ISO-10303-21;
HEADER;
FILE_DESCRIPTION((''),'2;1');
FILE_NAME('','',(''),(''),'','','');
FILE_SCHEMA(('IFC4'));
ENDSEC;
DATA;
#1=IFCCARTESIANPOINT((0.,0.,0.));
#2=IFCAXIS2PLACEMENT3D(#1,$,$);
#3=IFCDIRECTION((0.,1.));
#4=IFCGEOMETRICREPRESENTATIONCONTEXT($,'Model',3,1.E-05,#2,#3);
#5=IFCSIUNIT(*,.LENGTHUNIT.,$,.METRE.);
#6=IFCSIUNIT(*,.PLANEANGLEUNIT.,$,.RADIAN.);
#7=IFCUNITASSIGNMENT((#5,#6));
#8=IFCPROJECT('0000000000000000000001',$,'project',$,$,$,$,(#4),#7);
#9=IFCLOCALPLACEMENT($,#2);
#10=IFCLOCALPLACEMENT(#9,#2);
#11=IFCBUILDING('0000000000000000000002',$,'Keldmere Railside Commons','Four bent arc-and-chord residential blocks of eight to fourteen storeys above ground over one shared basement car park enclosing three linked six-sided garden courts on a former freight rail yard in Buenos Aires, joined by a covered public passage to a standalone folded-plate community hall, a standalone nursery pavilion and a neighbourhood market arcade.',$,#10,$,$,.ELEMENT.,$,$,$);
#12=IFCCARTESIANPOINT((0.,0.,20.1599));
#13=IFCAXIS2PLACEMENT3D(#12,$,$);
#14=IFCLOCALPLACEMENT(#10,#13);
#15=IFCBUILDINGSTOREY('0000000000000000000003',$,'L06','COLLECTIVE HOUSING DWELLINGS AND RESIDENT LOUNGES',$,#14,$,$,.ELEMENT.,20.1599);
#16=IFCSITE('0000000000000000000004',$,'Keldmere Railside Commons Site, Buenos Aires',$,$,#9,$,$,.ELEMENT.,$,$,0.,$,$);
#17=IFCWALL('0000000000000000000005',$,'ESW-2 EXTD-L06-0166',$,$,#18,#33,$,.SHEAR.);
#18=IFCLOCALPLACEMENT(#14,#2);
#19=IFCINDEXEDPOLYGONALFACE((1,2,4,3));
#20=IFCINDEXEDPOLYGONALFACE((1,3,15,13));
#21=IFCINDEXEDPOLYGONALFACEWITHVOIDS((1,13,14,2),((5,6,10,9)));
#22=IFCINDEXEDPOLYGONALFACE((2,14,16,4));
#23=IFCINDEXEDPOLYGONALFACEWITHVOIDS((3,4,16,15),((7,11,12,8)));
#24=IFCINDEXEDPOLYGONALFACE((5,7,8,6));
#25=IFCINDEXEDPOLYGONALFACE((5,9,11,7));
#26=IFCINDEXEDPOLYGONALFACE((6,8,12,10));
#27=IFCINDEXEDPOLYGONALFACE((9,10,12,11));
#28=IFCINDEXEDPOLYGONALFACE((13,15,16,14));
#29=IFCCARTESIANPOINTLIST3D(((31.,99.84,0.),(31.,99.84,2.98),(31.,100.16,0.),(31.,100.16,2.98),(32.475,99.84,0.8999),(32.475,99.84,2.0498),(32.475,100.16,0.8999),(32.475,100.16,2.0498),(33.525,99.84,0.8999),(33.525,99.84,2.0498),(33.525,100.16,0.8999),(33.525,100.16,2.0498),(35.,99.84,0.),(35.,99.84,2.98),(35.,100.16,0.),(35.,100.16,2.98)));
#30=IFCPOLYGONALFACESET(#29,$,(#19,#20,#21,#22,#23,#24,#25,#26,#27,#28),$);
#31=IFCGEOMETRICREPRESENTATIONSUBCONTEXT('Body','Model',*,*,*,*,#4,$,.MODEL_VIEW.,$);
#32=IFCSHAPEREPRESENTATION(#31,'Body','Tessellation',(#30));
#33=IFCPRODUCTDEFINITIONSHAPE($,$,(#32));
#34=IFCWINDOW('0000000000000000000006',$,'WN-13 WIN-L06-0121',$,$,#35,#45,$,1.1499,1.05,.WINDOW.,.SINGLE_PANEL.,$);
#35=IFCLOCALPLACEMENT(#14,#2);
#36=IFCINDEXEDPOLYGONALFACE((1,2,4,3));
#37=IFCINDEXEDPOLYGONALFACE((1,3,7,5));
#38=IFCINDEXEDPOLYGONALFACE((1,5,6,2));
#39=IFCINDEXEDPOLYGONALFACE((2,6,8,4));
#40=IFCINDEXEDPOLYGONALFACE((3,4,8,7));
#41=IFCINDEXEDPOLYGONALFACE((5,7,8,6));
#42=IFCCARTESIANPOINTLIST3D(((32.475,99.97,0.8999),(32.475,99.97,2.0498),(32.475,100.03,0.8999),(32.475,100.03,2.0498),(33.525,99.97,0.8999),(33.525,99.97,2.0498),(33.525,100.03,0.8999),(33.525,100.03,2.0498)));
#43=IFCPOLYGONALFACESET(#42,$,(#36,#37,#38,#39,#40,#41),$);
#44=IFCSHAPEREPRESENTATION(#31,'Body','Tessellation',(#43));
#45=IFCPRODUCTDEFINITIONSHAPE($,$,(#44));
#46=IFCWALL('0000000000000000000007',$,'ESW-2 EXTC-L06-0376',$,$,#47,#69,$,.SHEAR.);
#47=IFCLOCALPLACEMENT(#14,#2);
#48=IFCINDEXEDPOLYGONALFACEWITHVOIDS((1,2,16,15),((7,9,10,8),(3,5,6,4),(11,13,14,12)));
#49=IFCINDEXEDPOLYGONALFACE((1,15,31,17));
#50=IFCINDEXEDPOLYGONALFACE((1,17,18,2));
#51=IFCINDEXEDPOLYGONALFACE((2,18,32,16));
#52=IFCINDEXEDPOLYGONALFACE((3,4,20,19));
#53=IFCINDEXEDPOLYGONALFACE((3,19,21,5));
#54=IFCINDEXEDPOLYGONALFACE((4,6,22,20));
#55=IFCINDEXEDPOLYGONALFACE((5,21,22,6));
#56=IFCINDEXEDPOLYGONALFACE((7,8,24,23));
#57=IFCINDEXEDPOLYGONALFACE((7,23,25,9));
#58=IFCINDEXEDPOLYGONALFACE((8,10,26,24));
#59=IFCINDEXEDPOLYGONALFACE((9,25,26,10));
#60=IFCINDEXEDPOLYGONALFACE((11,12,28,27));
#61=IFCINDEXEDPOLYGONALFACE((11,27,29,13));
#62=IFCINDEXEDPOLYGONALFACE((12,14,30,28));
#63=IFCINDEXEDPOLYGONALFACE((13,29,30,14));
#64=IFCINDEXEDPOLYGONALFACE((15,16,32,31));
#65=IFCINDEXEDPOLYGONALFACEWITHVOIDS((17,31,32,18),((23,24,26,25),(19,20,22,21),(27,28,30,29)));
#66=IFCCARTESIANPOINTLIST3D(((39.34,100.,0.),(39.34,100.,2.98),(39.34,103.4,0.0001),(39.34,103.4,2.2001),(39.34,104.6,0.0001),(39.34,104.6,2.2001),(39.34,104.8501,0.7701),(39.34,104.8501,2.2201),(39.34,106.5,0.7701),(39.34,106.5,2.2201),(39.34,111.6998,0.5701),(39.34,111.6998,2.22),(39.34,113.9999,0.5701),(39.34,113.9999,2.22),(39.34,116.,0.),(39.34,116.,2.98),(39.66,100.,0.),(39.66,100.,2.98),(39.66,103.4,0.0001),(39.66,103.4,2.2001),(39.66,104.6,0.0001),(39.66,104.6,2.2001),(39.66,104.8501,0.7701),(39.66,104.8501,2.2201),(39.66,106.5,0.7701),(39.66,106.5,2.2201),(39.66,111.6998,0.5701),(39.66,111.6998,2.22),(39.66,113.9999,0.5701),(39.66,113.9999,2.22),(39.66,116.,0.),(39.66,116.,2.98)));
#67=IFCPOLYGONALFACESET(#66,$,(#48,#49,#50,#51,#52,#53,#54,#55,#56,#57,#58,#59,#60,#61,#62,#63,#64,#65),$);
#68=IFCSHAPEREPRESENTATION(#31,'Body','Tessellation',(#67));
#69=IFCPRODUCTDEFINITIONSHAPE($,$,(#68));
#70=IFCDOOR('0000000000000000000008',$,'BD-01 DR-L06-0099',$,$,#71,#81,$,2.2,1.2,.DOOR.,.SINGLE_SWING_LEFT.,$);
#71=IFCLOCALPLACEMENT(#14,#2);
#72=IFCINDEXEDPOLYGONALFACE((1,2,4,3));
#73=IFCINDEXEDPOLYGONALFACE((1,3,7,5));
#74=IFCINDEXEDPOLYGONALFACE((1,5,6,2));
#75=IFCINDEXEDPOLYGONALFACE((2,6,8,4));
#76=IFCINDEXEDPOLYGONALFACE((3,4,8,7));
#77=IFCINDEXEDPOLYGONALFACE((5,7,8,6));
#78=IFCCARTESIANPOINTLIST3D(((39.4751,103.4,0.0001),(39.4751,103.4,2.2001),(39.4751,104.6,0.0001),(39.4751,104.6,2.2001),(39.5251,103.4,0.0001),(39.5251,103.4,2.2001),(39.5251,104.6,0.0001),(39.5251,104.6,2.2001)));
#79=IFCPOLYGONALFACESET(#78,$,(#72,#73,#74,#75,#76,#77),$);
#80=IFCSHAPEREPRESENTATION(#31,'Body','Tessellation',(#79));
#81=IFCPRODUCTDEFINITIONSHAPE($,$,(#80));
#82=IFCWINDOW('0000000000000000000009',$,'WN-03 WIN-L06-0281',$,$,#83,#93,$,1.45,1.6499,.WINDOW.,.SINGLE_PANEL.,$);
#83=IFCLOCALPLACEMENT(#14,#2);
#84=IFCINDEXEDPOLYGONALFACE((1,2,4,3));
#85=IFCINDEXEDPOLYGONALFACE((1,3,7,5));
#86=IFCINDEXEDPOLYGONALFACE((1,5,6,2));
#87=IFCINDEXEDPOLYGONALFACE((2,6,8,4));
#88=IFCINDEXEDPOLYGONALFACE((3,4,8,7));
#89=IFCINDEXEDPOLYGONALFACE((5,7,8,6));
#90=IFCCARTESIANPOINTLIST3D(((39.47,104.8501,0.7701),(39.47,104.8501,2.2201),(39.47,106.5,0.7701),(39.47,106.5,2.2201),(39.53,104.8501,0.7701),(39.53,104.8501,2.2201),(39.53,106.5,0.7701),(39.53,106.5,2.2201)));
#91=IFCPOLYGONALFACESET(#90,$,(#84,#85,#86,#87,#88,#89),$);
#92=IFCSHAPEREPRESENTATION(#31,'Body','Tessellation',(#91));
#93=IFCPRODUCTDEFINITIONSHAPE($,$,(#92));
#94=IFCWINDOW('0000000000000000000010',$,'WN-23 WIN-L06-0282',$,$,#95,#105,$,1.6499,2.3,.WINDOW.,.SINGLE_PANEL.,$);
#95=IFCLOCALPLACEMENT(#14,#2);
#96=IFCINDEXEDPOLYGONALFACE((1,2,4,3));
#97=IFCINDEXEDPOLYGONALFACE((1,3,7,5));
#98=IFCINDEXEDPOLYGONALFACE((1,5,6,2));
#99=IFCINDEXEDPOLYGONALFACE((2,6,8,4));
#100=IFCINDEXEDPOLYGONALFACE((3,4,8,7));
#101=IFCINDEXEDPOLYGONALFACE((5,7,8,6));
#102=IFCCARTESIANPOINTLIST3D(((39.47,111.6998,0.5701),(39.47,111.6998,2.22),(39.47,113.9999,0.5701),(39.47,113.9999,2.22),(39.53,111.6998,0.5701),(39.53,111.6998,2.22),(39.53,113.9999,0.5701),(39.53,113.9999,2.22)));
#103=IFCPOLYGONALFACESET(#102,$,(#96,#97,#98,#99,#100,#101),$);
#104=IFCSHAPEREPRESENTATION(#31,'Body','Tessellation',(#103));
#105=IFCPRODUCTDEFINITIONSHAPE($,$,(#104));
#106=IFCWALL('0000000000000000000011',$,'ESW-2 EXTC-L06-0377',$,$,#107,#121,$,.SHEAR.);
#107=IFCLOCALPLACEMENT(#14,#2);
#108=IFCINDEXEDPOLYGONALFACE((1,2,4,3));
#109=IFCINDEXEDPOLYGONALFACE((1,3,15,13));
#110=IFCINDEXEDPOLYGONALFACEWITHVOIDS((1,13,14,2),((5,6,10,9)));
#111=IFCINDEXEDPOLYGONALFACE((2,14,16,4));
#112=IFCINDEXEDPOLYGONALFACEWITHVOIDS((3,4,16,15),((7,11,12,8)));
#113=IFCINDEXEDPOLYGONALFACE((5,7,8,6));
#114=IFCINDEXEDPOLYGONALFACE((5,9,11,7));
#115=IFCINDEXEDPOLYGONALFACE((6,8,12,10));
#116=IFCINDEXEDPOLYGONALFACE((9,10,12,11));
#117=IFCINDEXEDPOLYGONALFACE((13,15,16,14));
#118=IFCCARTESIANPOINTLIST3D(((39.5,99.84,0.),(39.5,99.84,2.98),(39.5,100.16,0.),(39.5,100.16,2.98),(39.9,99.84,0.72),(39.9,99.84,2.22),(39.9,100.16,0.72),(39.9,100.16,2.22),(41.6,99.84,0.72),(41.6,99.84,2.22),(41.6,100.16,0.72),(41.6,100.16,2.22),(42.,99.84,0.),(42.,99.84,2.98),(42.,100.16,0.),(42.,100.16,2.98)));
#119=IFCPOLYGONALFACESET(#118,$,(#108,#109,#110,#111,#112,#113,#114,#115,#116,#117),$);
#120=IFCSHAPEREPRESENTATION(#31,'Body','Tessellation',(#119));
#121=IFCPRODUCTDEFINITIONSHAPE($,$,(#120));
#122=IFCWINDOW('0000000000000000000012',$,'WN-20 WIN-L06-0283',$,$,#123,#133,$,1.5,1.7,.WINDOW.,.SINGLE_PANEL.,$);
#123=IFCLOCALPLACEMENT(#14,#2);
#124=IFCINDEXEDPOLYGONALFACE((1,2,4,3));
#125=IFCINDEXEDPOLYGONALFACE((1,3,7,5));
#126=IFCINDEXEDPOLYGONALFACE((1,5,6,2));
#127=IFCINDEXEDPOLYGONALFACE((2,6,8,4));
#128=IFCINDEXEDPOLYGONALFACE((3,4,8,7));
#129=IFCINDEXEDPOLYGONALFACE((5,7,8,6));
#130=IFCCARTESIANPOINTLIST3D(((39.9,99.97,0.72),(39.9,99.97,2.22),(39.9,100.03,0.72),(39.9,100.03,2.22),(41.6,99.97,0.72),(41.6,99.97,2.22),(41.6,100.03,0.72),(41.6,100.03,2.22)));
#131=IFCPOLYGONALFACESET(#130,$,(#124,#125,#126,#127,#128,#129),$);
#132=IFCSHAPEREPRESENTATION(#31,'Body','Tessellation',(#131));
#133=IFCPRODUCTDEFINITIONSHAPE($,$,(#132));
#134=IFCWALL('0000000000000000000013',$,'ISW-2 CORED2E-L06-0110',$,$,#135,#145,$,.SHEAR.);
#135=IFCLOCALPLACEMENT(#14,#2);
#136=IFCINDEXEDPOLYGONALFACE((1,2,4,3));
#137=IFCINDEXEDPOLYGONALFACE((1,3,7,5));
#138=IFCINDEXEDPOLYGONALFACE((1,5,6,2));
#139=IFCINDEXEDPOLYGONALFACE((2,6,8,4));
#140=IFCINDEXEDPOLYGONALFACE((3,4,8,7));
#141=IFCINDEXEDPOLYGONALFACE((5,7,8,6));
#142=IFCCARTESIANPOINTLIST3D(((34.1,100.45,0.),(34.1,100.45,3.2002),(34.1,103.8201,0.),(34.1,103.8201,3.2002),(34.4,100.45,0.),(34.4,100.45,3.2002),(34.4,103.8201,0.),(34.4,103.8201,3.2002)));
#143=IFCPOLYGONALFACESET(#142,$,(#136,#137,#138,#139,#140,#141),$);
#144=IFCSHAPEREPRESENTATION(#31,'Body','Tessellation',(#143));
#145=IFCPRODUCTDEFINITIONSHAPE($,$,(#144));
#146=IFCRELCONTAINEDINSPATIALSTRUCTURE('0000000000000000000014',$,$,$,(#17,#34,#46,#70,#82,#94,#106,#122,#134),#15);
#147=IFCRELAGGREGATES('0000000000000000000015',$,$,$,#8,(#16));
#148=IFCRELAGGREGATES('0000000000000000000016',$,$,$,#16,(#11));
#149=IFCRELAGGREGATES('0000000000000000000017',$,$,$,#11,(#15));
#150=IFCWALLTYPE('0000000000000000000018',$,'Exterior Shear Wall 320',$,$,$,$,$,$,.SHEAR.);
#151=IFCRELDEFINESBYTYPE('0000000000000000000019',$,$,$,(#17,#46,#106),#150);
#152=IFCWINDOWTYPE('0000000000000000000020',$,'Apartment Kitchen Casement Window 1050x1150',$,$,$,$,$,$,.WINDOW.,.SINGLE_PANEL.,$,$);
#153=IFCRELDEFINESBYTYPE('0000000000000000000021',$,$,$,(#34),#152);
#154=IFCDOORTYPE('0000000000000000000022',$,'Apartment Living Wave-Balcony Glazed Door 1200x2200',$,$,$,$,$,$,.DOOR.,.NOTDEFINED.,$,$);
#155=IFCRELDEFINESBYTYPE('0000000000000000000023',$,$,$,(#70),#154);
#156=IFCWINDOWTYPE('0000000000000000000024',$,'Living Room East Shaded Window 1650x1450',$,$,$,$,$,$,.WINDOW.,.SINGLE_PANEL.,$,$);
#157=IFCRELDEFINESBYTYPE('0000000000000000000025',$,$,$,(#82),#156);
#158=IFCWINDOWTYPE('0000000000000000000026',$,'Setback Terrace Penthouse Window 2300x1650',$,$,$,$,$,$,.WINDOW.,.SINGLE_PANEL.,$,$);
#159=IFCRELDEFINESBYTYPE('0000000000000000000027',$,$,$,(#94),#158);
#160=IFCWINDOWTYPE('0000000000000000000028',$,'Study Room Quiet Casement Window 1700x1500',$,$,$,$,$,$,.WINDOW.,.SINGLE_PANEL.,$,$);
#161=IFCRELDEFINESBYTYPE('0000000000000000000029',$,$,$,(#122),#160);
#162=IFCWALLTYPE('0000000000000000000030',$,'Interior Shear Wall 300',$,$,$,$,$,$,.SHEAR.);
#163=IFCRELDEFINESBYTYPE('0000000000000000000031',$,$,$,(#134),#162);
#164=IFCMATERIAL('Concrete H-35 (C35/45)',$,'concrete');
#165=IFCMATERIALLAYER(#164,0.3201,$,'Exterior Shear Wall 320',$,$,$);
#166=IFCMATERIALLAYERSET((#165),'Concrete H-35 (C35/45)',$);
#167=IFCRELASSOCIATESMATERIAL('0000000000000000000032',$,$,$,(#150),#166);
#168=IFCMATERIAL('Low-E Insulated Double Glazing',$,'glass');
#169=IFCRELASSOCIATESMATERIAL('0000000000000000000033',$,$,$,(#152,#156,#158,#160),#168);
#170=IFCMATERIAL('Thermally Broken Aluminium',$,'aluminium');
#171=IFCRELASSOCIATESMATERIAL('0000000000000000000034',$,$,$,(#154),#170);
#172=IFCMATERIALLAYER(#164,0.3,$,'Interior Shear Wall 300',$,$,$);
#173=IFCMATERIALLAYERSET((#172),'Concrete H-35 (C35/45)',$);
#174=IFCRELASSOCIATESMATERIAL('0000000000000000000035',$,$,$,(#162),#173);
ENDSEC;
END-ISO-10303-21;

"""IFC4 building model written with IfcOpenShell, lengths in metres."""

from ifc_helpers import new_model, si_unit, direction, frame, frame_2d, origin, place, context, subcontext, project, spatial, rectangle, extrude, material, layer, layer_set, type_object, element, fill, save


model = new_model("IFC4")

# Units and contexts
model_context = context("Model", 3, precision=1e-05, world=origin(), true_north=direction((0.0, 1.0)))
body_context = subcontext(model_context, "Body", "Model", "MODEL_VIEW")
ifc_project = project(units=[si_unit("LENGTHUNIT", "METRE"), si_unit("PLANEANGLEUNIT", "RADIAN")], contexts=[model_context])

# Site, building, storey
site_placement = place(None, origin())
site = spatial("IfcSite", under=ifc_project, at=site_placement, Name="Keldmere Railside Commons Site, Buenos Aires", CompositionType="ELEMENT", RefElevation=0.0)
building_placement = place(site_placement, origin())
building = spatial("IfcBuilding", under=site, at=building_placement, Name="Keldmere Railside Commons", Description="Four bent arc-and-chord residential blocks of eight to fourteen storeys above ground over one shared basement car park enclosing three linked six-sided garden courts on a former freight rail yard in Buenos Aires, joined by a covered public passage to a standalone folded-plate community hall, a standalone nursery pavilion and a neighbourhood market arcade.", CompositionType="ELEMENT")
storey_placement = place(building_placement, frame((0.0, 0.0, 20.1599)))
storey = spatial("IfcBuildingStorey", under=building, at=storey_placement, Name="L06", Description="COLLECTIVE HOUSING DWELLINGS AND RESIDENT LOUNGES", CompositionType="ELEMENT", Elevation=20.1599)

# Shared definitions
ifc_material_1 = material(Name="Concrete H-35 (C35/45)", Category="concrete")

# Shared definitions
ifc_material_2 = material(Name="Thermally Broken Aluminium", Category="aluminium")
ifc_material_3 = material(Name="Low-E Insulated Double Glazing", Category="glass")

# Wall, opening, window
ifc_layer_1 = layer(ifc_material_1, 0.3201, Name="Exterior Shear Wall 320")
ifc_layer_set_1 = layer_set([ifc_layer_1], Name="Concrete H-35 (C35/45)")
wall_type_1 = type_object("IfcWallType", Name="Exterior Shear Wall 320", PredefinedType="SHEAR", material=ifc_layer_set_1)
wall_1_placement = place(storey_placement, frame((35.0, 100.0, 0.0), z_axis=(0.0, 0.0, 1.0), x_axis=(-1.0, 0.0, 0.0)))
wall_1 = element("IfcWall", 1, at=wall_1_placement, inside=storey, type_object=wall_type_1, Name="ESW-2 EXTD-L06-0166", PredefinedType="SHEAR", context=body_context, shape_type="SweptSolid", body=[
    extrude(rectangle(XDim=4.0, YDim=0.3201, at=frame_2d((2.0, 0.0))), origin(), (0.0, 0.0, 1.0), 2.98),
])
opening_1_placement = place(wall_1_placement, frame((1.4751, 0.0, 0.8999)))
opening_1 = element("IfcOpeningElement", 2, at=opening_1_placement, cuts=wall_1, PredefinedType="OPENING", context=body_context, shape_type="SweptSolid", body=[
    extrude(rectangle(XDim=1.05, YDim=1.1499, at=frame_2d((0.5249, 0.575))), frame((0.0, 0.1699, 0.0), z_axis=(0.0, -1.0, 0.0), x_axis=(1.0, 0.0, 0.0)), (0.0, 0.0, 1.0), 0.3401),
])
window_type_1 = type_object("IfcWindowType", Name="Apartment Kitchen Casement Window 1050x1150", PartitioningType="SINGLE_PANEL", PredefinedType="WINDOW", material=ifc_material_3)
window_1_placement = place(opening_1_placement, origin())
window_1 = element("IfcWindow", 3, at=window_1_placement, inside=storey, type_object=window_type_1, Name="WN-13 WIN-L06-0121", OverallHeight=1.1499, OverallWidth=1.05, PartitioningType="SINGLE_PANEL", PredefinedType="WINDOW", context=body_context, shape_type="SweptSolid", body=[
    extrude(rectangle(XDim=1.05, YDim=1.1499, at=frame_2d((0.5249, 0.575))), frame((0.0, 0.03, 0.0), z_axis=(0.0, -1.0, 0.0), x_axis=(1.0, 0.0, 0.0)), (0.0, 0.0, 1.0), 0.0601),
])
fill(opening_1, window_1)

# Wall, openings, door, windows
wall_2_placement = place(storey_placement, frame((39.5, 100.0, 0.0), z_axis=(0.0, 0.0, 1.0), x_axis=(0.0, 1.0, 0.0)))
wall_2 = element("IfcWall", 4, at=wall_2_placement, inside=storey, type_object=wall_type_1, Name="ESW-2 EXTC-L06-0376", PredefinedType="SHEAR", context=body_context, shape_type="SweptSolid", body=[
    extrude(rectangle(XDim=16.0, YDim=0.3201, at=frame_2d((8.0, 0.0))), origin(), (0.0, 0.0, 1.0), 2.98),
])
opening_2_placement = place(wall_2_placement, frame((3.3999, 0.0, 0.0)))
opening_2 = element("IfcOpeningElement", 5, at=opening_2_placement, cuts=wall_2, PredefinedType="OPENING", context=body_context, shape_type="SweptSolid", body=[
    extrude(rectangle(XDim=1.2, YDim=2.2, at=frame_2d((0.6001, 1.1001))), frame((0.0, 0.1699, 0.0), z_axis=(0.0, -1.0, 0.0), x_axis=(1.0, 0.0, 0.0)), (0.0, 0.0, 1.0), 0.3401),
])
opening_3_placement = place(wall_2_placement, frame((4.8501, 0.0, 0.77)))
opening_3 = element("IfcOpeningElement", 6, at=opening_3_placement, cuts=wall_2, PredefinedType="OPENING", context=body_context, shape_type="SweptSolid", body=[
    extrude(rectangle(XDim=1.6499, YDim=1.45, at=frame_2d((0.825, 0.7251))), frame((0.0, 0.1699, 0.0), z_axis=(0.0, -1.0, 0.0), x_axis=(1.0, 0.0, 0.0)), (0.0, 0.0, 1.0), 0.3401),
])
opening_4_placement = place(wall_2_placement, frame((11.7, 0.0, 0.5701)))
opening_4 = element("IfcOpeningElement", 7, at=opening_4_placement, cuts=wall_2, PredefinedType="OPENING", context=body_context, shape_type="SweptSolid", body=[
    extrude(rectangle(XDim=2.3, YDim=1.6499, at=frame_2d((1.1499, 0.825))), frame((0.0, 0.1699, 0.0), z_axis=(0.0, -1.0, 0.0), x_axis=(1.0, 0.0, 0.0)), (0.0, 0.0, 1.0), 0.3401),
])
door_type = type_object("IfcDoorType", Name="Apartment Living Wave-Balcony Glazed Door 1200x2200", OperationType="NOTDEFINED", PredefinedType="DOOR", material=ifc_material_2)
door_placement = place(opening_2_placement, origin())
door = element("IfcDoor", 8, at=door_placement, inside=storey, type_object=door_type, Name="BD-01 DR-L06-0099", OperationType="SINGLE_SWING_LEFT", OverallHeight=2.2, OverallWidth=1.2, PredefinedType="DOOR", context=body_context, shape_type="SweptSolid", body=[
    extrude(rectangle(XDim=1.2, YDim=2.2, at=frame_2d((0.6001, 1.1001))), frame((0.0, 0.0249, 0.0), z_axis=(0.0, -1.0, 0.0), x_axis=(1.0, 0.0, 0.0)), (0.0, 0.0, 1.0), 0.05),
])
fill(opening_2, door)
window_type_2 = type_object("IfcWindowType", Name="Living Room East Shaded Window 1650x1450", PartitioningType="SINGLE_PANEL", PredefinedType="WINDOW", material=ifc_material_3)
window_2_placement = place(opening_3_placement, origin())
window_2 = element("IfcWindow", 9, at=window_2_placement, inside=storey, type_object=window_type_2, Name="WN-03 WIN-L06-0281", OverallHeight=1.45, OverallWidth=1.6499, PartitioningType="SINGLE_PANEL", PredefinedType="WINDOW", context=body_context, shape_type="SweptSolid", body=[
    extrude(rectangle(XDim=1.6499, YDim=1.45, at=frame_2d((0.825, 0.7251))), frame((0.0, 0.03, 0.0), z_axis=(0.0, -1.0, 0.0), x_axis=(1.0, 0.0, 0.0)), (0.0, 0.0, 1.0), 0.0601),
])
fill(opening_3, window_2)
window_type_3 = type_object("IfcWindowType", Name="Setback Terrace Penthouse Window 2300x1650", PartitioningType="SINGLE_PANEL", PredefinedType="WINDOW", material=ifc_material_3)
window_3_placement = place(opening_4_placement, origin())
window_3 = element("IfcWindow", 10, at=window_3_placement, inside=storey, type_object=window_type_3, Name="WN-23 WIN-L06-0282", OverallHeight=1.6499, OverallWidth=2.3, PartitioningType="SINGLE_PANEL", PredefinedType="WINDOW", context=body_context, shape_type="SweptSolid", body=[
    extrude(rectangle(XDim=2.3, YDim=1.6499, at=frame_2d((1.1499, 0.825))), frame((0.0, 0.03, 0.0), z_axis=(0.0, -1.0, 0.0), x_axis=(1.0, 0.0, 0.0)), (0.0, 0.0, 1.0), 0.0601),
])
fill(opening_4, window_3)

# Wall, opening, window
wall_3_placement = place(storey_placement, frame((42.0, 100.0, 0.0), z_axis=(0.0, 0.0, 1.0), x_axis=(-1.0, 0.0, 0.0)))
wall_3 = element("IfcWall", 11, at=wall_3_placement, inside=storey, type_object=wall_type_1, Name="ESW-2 EXTC-L06-0377", PredefinedType="SHEAR", context=body_context, shape_type="SweptSolid", body=[
    extrude(rectangle(XDim=2.5, YDim=0.3201, at=frame_2d((1.25, 0.0))), origin(), (0.0, 0.0, 1.0), 2.98),
])
opening_5_placement = place(wall_3_placement, frame((0.3999, 0.0, 0.72)))
opening_5 = element("IfcOpeningElement", 12, at=opening_5_placement, cuts=wall_3, PredefinedType="OPENING", context=body_context, shape_type="SweptSolid", body=[
    extrude(rectangle(XDim=1.7, YDim=1.5, at=frame_2d((0.8501, 0.75))), frame((0.0, 0.1699, 0.0), z_axis=(0.0, -1.0, 0.0), x_axis=(1.0, 0.0, 0.0)), (0.0, 0.0, 1.0), 0.3401),
])
window_type_4 = type_object("IfcWindowType", Name="Study Room Quiet Casement Window 1700x1500", PartitioningType="SINGLE_PANEL", PredefinedType="WINDOW", material=ifc_material_3)
window_4_placement = place(opening_5_placement, origin())
window_4 = element("IfcWindow", 13, at=window_4_placement, inside=storey, type_object=window_type_4, Name="WN-20 WIN-L06-0283", OverallHeight=1.5, OverallWidth=1.7, PartitioningType="SINGLE_PANEL", PredefinedType="WINDOW", context=body_context, shape_type="SweptSolid", body=[
    extrude(rectangle(XDim=1.7, YDim=1.5, at=frame_2d((0.8501, 0.75))), frame((0.0, 0.03, 0.0), z_axis=(0.0, -1.0, 0.0), x_axis=(1.0, 0.0, 0.0)), (0.0, 0.0, 1.0), 0.0601),
])
fill(opening_5, window_4)

# Wall
ifc_layer_2 = layer(ifc_material_1, 0.3, Name="Interior Shear Wall 300")
ifc_layer_set_2 = layer_set([ifc_layer_2], Name="Concrete H-35 (C35/45)")
wall_type_2 = type_object("IfcWallType", Name="Interior Shear Wall 300", PredefinedType="SHEAR", material=ifc_layer_set_2)
wall_4_placement = place(storey_placement, frame((34.25, 100.45, 0.0), z_axis=(0.0, 0.0, 1.0), x_axis=(0.0, 1.0, 0.0)))
element("IfcWall", 14, at=wall_4_placement, inside=storey, type_object=wall_type_2, Name="ISW-2 CORED2E-L06-0110", PredefinedType="SHEAR", context=body_context, shape_type="SweptSolid", body=[
    extrude(rectangle(XDim=3.3701, YDim=0.3, at=frame_2d((1.6851, 0.0))), origin(), (0.0, 0.0, 1.0), 3.2002),
])

save(model, "model.ifc")
